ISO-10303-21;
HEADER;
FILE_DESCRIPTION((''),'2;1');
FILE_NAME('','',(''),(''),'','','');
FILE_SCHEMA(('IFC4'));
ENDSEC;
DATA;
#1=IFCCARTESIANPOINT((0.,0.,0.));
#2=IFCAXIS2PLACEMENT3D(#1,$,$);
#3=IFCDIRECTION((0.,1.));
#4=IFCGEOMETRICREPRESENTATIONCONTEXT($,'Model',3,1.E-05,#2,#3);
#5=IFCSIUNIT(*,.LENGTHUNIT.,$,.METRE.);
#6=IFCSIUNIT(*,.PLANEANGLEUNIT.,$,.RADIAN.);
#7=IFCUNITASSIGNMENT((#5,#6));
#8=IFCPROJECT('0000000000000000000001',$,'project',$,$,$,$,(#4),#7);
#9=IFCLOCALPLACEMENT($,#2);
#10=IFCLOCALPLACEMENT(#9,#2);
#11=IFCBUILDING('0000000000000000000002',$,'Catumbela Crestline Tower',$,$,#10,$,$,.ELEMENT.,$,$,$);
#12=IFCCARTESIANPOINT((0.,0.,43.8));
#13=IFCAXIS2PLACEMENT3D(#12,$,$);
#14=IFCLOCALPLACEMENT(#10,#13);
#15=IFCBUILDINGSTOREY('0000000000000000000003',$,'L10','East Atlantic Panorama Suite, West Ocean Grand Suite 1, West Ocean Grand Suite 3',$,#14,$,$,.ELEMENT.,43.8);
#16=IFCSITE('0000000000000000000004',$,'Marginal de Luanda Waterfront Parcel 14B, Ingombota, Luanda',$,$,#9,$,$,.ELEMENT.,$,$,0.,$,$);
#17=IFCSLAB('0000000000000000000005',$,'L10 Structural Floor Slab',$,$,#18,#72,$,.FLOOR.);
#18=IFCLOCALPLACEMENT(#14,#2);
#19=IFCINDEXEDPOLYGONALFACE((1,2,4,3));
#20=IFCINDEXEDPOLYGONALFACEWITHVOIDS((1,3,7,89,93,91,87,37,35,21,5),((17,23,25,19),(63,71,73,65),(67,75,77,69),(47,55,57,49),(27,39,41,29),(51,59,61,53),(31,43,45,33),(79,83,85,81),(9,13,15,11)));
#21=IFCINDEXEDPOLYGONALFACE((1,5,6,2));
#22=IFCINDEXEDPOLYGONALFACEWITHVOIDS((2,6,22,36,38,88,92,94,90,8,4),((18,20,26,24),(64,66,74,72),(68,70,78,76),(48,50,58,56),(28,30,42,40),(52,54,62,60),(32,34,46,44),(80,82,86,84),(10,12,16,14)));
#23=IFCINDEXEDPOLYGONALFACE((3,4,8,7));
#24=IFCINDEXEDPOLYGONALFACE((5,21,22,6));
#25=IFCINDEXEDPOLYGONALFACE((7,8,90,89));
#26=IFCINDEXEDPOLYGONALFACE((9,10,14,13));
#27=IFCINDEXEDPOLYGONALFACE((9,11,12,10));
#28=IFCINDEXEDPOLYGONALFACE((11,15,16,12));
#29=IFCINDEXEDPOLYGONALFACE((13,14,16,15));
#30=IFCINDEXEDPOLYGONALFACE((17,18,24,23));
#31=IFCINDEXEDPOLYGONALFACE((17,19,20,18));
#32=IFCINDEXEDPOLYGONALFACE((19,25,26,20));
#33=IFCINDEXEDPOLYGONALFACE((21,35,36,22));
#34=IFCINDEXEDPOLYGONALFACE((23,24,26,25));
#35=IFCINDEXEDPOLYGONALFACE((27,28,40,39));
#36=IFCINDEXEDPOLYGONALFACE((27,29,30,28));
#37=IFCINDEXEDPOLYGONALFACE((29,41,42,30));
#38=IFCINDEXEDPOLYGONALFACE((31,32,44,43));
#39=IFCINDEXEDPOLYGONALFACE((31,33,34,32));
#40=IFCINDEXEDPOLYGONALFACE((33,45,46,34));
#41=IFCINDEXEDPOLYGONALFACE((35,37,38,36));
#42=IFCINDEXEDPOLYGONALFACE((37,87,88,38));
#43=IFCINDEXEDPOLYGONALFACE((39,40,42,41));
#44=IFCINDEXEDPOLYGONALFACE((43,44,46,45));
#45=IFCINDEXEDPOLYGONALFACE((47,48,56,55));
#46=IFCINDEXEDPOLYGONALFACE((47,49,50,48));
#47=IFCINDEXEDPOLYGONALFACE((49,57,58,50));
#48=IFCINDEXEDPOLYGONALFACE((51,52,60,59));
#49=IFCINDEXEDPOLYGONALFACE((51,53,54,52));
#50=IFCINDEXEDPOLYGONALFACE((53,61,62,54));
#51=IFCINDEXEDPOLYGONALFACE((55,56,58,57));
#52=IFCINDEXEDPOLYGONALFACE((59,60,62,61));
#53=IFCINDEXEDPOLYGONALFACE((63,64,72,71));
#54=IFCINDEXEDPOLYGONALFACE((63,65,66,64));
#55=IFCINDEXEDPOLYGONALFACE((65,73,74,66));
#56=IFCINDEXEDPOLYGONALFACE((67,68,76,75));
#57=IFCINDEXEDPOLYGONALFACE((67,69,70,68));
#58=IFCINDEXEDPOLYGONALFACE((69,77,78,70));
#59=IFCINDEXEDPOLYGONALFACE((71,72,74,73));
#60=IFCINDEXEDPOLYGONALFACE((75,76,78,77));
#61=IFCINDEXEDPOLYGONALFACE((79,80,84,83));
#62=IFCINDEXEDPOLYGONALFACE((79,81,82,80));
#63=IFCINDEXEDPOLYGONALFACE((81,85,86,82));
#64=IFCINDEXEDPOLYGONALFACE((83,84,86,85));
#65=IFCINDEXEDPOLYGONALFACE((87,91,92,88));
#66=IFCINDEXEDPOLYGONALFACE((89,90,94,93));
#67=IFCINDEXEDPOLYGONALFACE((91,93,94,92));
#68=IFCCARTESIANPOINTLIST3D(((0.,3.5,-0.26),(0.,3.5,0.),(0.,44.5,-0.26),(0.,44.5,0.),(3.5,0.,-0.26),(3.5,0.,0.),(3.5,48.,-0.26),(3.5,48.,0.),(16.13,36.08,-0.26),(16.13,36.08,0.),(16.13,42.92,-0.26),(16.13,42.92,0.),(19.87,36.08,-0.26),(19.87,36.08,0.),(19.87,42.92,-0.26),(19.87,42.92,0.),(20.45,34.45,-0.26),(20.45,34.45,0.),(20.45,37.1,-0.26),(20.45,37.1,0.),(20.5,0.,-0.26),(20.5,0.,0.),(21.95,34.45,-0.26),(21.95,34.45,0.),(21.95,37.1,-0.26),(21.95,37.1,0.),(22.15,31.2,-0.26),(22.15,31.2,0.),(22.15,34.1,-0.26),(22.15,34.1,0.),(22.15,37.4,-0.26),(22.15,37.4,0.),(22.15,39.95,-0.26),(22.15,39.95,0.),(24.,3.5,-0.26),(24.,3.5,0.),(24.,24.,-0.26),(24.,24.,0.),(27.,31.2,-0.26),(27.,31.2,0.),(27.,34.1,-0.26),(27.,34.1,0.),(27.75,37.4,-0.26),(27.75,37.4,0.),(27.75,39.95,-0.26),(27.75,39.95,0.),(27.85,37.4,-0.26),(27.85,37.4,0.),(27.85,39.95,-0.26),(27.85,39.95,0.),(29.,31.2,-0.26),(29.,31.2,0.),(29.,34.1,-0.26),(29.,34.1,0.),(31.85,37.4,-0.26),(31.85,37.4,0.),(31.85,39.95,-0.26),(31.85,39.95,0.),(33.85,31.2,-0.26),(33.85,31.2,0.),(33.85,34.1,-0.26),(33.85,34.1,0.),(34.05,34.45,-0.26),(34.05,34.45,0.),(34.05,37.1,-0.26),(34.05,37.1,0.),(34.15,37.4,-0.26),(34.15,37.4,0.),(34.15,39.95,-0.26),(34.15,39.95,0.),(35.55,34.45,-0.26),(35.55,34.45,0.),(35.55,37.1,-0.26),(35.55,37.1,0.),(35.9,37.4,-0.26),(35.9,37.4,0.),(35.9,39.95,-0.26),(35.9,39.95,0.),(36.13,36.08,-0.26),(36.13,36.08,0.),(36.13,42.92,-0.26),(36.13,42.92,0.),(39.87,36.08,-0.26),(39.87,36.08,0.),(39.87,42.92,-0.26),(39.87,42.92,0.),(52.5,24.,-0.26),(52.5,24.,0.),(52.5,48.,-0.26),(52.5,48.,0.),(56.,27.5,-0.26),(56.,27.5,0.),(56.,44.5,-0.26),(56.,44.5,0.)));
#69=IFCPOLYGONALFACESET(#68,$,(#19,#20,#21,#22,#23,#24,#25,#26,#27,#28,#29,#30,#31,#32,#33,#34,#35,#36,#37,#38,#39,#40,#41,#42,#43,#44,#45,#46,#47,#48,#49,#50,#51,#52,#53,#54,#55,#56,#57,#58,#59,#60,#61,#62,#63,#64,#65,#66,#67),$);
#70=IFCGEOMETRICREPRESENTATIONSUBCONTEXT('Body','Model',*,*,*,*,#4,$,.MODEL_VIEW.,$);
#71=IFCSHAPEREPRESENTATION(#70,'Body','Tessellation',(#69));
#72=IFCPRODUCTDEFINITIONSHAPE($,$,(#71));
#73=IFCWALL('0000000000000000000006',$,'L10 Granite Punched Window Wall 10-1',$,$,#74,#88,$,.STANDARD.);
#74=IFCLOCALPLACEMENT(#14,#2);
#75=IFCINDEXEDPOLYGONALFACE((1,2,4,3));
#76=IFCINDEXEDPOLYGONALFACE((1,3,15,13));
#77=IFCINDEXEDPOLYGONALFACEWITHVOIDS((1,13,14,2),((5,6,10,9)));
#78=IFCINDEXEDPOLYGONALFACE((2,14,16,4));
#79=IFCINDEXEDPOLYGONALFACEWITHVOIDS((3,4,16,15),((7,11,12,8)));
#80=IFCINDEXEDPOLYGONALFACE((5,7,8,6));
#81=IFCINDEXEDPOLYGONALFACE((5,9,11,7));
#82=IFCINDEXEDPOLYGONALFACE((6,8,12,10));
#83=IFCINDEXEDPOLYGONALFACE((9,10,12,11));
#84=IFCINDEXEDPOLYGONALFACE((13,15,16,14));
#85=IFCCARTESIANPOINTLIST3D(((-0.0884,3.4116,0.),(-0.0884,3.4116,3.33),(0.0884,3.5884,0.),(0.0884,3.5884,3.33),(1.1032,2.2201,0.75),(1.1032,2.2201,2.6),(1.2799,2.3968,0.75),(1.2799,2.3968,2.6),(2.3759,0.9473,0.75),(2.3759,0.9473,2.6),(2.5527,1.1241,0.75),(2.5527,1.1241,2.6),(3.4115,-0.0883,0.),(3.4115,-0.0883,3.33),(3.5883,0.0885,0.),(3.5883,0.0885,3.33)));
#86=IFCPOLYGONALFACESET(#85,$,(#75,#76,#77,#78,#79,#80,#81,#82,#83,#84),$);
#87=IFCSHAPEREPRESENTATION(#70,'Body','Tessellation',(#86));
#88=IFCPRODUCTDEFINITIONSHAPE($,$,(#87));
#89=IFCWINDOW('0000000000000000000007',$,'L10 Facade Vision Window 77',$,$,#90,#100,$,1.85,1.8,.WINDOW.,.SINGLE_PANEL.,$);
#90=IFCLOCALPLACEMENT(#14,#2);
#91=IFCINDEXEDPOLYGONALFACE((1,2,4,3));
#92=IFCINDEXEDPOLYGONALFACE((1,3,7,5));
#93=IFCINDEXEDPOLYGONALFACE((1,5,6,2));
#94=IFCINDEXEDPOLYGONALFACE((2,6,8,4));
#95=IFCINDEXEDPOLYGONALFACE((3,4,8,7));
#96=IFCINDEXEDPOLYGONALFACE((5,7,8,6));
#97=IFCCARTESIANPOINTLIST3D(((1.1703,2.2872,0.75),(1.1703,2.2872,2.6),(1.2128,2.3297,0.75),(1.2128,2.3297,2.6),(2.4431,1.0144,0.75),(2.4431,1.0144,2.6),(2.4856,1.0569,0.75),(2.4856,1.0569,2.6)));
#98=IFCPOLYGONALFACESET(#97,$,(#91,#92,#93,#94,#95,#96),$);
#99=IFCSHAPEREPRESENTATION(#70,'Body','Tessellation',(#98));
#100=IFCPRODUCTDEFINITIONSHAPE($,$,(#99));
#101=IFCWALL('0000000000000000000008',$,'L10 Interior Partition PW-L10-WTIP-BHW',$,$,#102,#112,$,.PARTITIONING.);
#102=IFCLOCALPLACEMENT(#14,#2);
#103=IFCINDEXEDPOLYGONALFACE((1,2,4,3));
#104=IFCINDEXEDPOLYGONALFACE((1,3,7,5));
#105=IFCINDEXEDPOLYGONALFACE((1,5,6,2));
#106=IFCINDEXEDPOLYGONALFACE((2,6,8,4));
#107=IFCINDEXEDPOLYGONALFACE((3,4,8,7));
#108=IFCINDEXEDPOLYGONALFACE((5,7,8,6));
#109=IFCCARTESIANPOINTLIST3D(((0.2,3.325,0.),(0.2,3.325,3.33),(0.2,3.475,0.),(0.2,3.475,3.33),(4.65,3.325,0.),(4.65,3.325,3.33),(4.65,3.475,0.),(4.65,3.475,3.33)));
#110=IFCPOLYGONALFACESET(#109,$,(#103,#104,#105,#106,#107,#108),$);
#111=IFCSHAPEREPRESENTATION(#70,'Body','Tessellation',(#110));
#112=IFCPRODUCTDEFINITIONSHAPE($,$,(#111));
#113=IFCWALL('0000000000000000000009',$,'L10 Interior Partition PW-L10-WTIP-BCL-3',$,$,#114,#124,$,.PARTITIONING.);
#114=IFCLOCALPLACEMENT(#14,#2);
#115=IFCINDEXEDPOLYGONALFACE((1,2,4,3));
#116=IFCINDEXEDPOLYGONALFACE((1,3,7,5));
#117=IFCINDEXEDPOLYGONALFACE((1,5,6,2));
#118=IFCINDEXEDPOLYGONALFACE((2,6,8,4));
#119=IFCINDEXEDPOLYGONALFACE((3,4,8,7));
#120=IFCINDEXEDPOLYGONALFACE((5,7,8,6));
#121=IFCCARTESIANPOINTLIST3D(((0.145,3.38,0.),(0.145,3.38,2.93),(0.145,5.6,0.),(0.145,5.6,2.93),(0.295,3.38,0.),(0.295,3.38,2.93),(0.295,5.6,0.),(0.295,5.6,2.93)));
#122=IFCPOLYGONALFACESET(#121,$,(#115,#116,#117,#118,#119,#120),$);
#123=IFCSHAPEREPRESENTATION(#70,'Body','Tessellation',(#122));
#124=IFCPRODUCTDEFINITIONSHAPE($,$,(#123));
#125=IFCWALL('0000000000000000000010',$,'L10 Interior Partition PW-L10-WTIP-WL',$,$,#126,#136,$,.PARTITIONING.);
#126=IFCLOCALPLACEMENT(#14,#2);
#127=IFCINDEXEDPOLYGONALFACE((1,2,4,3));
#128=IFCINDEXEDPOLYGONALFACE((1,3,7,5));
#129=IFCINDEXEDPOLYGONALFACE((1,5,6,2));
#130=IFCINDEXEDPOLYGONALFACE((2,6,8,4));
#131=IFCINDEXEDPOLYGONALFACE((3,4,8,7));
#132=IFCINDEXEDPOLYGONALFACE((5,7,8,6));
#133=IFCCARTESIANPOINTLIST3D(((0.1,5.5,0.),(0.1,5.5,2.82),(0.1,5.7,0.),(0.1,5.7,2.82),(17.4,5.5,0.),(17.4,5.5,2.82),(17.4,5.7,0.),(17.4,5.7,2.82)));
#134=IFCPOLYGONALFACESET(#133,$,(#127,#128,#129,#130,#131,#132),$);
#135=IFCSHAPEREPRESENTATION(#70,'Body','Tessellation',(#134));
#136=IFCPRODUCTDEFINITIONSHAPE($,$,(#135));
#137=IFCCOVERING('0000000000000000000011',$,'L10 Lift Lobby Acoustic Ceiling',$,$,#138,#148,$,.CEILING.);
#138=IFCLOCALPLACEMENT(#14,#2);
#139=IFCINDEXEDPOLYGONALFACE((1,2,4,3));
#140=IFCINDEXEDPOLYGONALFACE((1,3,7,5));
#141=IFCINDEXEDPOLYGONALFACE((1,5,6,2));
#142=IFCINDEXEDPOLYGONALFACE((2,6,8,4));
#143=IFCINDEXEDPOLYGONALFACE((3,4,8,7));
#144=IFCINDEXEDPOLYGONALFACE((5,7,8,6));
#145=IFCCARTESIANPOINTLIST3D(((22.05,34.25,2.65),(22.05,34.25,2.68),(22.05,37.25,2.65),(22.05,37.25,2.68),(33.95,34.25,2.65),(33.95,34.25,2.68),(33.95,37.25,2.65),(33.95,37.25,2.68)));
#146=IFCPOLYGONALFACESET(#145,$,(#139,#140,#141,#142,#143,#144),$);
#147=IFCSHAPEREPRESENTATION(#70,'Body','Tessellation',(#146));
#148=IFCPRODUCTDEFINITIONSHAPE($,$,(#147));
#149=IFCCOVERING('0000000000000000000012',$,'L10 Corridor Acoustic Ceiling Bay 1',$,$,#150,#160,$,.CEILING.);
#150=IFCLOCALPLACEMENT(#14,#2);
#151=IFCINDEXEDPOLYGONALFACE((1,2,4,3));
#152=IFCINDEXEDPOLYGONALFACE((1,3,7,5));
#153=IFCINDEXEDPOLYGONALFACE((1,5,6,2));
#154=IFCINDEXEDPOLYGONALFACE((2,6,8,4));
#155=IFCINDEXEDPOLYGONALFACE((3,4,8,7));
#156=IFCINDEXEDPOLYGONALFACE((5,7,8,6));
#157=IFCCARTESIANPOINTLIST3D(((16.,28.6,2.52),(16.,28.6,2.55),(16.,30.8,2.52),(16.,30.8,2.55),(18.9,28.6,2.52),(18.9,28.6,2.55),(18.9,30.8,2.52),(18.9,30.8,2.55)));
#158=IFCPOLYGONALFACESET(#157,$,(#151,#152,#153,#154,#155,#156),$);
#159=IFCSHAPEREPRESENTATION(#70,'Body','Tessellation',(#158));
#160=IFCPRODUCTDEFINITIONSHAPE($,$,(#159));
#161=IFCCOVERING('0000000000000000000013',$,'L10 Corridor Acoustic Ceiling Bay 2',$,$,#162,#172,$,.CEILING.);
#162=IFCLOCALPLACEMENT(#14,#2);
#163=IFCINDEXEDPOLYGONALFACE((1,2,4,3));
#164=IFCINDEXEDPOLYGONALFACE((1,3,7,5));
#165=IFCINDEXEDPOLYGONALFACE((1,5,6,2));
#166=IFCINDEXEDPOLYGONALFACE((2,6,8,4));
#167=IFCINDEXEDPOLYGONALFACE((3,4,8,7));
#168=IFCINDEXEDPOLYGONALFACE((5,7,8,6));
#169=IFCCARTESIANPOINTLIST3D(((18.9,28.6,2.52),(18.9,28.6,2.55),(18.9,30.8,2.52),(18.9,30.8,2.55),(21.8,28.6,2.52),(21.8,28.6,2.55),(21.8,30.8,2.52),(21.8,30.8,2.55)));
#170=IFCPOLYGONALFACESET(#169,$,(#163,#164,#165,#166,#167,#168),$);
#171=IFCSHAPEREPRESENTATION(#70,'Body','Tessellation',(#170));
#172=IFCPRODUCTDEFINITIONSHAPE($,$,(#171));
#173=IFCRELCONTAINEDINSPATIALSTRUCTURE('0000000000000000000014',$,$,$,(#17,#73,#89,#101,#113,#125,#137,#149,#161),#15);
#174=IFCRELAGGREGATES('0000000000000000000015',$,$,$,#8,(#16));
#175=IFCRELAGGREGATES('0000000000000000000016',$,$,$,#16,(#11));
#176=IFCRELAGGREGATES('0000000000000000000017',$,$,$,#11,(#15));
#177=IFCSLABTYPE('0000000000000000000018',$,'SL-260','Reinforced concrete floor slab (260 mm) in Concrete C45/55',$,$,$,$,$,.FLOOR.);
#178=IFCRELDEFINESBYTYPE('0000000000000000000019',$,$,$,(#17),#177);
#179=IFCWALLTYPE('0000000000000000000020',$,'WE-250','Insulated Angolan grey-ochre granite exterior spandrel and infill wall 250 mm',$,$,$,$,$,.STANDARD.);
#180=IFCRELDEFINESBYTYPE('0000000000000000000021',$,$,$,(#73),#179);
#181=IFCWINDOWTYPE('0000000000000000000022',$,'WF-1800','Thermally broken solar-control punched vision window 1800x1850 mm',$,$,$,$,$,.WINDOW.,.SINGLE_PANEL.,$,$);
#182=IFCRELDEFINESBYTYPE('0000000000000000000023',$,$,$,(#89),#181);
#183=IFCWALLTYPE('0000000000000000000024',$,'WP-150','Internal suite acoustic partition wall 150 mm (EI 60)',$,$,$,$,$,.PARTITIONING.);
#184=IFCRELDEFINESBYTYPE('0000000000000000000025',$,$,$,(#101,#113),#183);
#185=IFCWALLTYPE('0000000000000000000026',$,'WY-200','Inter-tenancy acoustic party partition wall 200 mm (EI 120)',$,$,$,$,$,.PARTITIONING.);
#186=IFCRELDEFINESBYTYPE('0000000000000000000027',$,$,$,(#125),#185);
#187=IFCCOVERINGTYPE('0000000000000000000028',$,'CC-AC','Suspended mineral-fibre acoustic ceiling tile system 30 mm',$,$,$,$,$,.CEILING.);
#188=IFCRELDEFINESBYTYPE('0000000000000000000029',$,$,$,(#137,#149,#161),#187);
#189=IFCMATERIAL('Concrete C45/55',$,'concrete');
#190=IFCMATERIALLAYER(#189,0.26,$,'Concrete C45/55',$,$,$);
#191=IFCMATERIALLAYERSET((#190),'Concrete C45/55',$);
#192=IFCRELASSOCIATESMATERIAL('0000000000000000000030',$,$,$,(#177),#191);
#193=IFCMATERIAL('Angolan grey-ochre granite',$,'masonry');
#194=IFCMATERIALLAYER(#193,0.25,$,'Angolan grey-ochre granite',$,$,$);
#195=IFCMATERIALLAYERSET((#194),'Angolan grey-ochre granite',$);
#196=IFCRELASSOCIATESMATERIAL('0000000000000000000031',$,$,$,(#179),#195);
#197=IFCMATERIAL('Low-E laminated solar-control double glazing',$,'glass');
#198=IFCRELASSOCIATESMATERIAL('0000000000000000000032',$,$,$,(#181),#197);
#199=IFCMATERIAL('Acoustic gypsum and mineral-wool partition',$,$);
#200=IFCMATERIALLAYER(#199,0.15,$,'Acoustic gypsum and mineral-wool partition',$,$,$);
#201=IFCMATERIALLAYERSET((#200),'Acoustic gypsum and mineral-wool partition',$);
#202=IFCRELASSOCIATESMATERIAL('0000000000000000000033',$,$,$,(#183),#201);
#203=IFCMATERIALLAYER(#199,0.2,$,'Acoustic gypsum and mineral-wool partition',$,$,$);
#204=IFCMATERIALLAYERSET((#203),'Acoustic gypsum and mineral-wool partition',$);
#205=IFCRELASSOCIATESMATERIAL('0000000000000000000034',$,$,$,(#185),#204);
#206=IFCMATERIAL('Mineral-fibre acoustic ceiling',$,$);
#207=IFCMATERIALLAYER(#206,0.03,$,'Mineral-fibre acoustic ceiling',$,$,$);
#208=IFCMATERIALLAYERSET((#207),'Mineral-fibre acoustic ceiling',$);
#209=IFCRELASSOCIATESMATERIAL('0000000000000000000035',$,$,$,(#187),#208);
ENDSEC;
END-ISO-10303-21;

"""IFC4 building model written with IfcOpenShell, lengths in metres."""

from ifc_helpers import new_model, si_unit, direction, frame, frame_2d, origin, place, context, subcontext, project, spatial, polyline, rectangle, outline, extrude, material, layer, layer_set, type_object, element, fill, save


model = new_model("IFC4")

# Units and contexts
model_context = context("Model", 3, precision=1e-05, world=origin(), true_north=direction((0.0, 1.0)))
body_context = subcontext(model_context, "Body", "Model", "MODEL_VIEW")
ifc_project = project(units=[si_unit("LENGTHUNIT", "METRE"), si_unit("PLANEANGLEUNIT", "RADIAN")], contexts=[model_context])

# Site, building, storey
site_placement = place(None, origin())
site = spatial("IfcSite", under=ifc_project, at=site_placement, Name="Marginal de Luanda Waterfront Parcel 14B, Ingombota, Luanda", CompositionType="ELEMENT", RefElevation=0.0)
building_placement = place(site_placement, origin())
building = spatial("IfcBuilding", under=site, at=building_placement, Name="Catumbela Crestline Tower", CompositionType="ELEMENT")
storey_placement = place(building_placement, frame((0.0, 0.0, 43.8)))
storey = spatial("IfcBuildingStorey", under=building, at=storey_placement, Name="L10", Description="East Atlantic Panorama Suite, West Ocean Grand Suite 1, West Ocean Grand Suite 3", CompositionType="ELEMENT", Elevation=43.8)

# Shared definitions
ifc_material_1 = material(Name="Low-E laminated solar-control double glazing", Category="glass")

# Shared definitions
ifc_material_2 = material(Name="Concrete C45/55", Category="concrete")

# Slab
ifc_layer_1 = layer(ifc_material_2, 0.26, Name="Concrete C45/55")
ifc_layer_set_1 = layer_set([ifc_layer_1], Name="Concrete C45/55")
slab_type_1 = type_object("IfcSlabType", Name="SL-260", Description="Reinforced concrete floor slab (260 mm) in Concrete C45/55", PredefinedType="FLOOR", material=ifc_layer_set_1)
slab_1_placement = place(storey_placement, frame((0.0, 0.0, -0.26)))
element("IfcSlab", 1, at=slab_1_placement, inside=storey, type_object=slab_type_1, Name="L10 Structural Floor Slab", PredefinedType="FLOOR", context=body_context, shape_type="SweptSolid", body=[
    extrude(outline(polyline([(3.5, 0.0), (20.5, 0.0), (24.0, 3.5), (24.0, 24.0), (52.5, 24.0), (56.0, 27.5), (56.0, 44.5), (52.5, 48.0), (3.5, 48.0), (0.0, 44.5), (0.0, 3.5), (3.5, 0.0)]), holes=[polyline([(16.13, 36.08), (19.87, 36.08), (19.87, 42.92), (16.13, 42.92), (16.13, 36.08)]), polyline([(36.13, 36.08), (39.87, 36.08), (39.87, 42.92), (36.13, 42.92), (36.13, 36.08)]), polyline([(22.15, 31.2), (27.0, 31.2), (27.0, 34.1), (22.15, 34.1), (22.15, 31.2)]), polyline([(29.0, 31.2), (33.85, 31.2), (33.85, 34.1), (29.0, 34.1), (29.0, 31.2)]), polyline([(22.15, 37.4), (27.75, 37.4), (27.75, 39.95), (22.15, 39.95), (22.15, 37.4)]), polyline([(27.85, 37.4), (31.85, 37.4), (31.85, 39.95), (27.85, 39.95), (27.85, 37.4)]), polyline([(20.45, 34.45), (21.95, 34.45), (21.95, 37.1), (20.45, 37.1), (20.45, 34.45)]), polyline([(34.05, 34.45), (35.55, 34.45), (35.55, 37.1), (34.05, 37.1), (34.05, 34.45)]), polyline([(34.15, 37.4), (35.9, 37.4), (35.9, 39.95), (34.15, 39.95), (34.15, 37.4)])]), origin(), (0.0, 0.0, 1.0), 0.26),
])

# Wall, opening, window
ifc_material_3 = material(Name="Angolan grey-ochre granite", Category="masonry")
ifc_layer_2 = layer(ifc_material_3, 0.25, Name="Angolan grey-ochre granite")
ifc_layer_set_2 = layer_set([ifc_layer_2], Name="Angolan grey-ochre granite")
wall_type_1 = type_object("IfcWallType", Name="WE-250", Description="Insulated Angolan grey-ochre granite exterior spandrel and infill wall 250 mm", PredefinedType="STANDARD", material=ifc_layer_set_2)
wall_1_placement = place(storey_placement, frame((0.0, 3.5, 0.0), z_axis=(0.0, 0.0, 1.0), x_axis=(0.707107, -0.707107, 0.0)))
wall_1 = element("IfcWall", 2, at=wall_1_placement, inside=storey, type_object=wall_type_1, Name="L10 Granite Punched Window Wall 10-1", PredefinedType="STANDARD", context=body_context, shape_type="SweptSolid", body=[
    extrude(rectangle(XDim=4.9497, YDim=0.25, at=frame_2d((2.4748, 0.0))), origin(), (0.0, 0.0, 1.0), 3.33),
])
opening_placement = place(wall_1_placement, frame((1.6851, 0.0, 0.75)))
opening = element("IfcOpeningElement", 3, at=opening_placement, cuts=wall_1, PredefinedType="OPENING", context=body_context, shape_type="SweptSolid", body=[
    extrude(rectangle(XDim=1.8, YDim=1.85, at=frame_2d((0.9, 0.925))), frame((0.0, 0.135, 0.0), z_axis=(0.0, -1.0, 0.0), x_axis=(1.0, 0.0, 0.0)), (0.0, 0.0, 1.0), 0.27),
])
window_type = type_object("IfcWindowType", Name="WF-1800", Description="Thermally broken solar-control punched vision window 1800x1850 mm", PartitioningType="SINGLE_PANEL", PredefinedType="WINDOW", material=ifc_material_1)
window_placement = place(opening_placement, origin())
window = element("IfcWindow", 4, at=window_placement, inside=storey, type_object=window_type, Name="L10 Facade Vision Window 77", OverallHeight=1.85, OverallWidth=1.8, PartitioningType="SINGLE_PANEL", PredefinedType="WINDOW", context=body_context, shape_type="SweptSolid", body=[
    extrude(rectangle(XDim=1.8, YDim=1.85, at=frame_2d((0.9, 0.925))), frame((0.0, 0.03, 0.0), z_axis=(0.0, -1.0, 0.0), x_axis=(1.0, 0.0, 0.0)), (0.0, 0.0, 1.0), 0.06),
])
fill(opening, window)

# Walls
ifc_material_4 = material(Name="Acoustic gypsum and mineral-wool partition")
ifc_layer_3 = layer(ifc_material_4, 0.15, Name="Acoustic gypsum and mineral-wool partition")
ifc_layer_set_3 = layer_set([ifc_layer_3], Name="Acoustic gypsum and mineral-wool partition")
wall_type_2 = type_object("IfcWallType", Name="WP-150", Description="Internal suite acoustic partition wall 150 mm (EI 60)", PredefinedType="PARTITIONING", material=ifc_layer_set_3)
wall_2_placement = place(storey_placement, frame((0.2, 3.4, 0.0), z_axis=(0.0, 0.0, 1.0), x_axis=(1.0, 0.0, 0.0)))
element("IfcWall", 5, at=wall_2_placement, inside=storey, type_object=wall_type_2, Name="L10 Interior Partition PW-L10-WTIP-BHW", PredefinedType="PARTITIONING", context=body_context, shape_type="SweptSolid", body=[
    extrude(rectangle(XDim=4.45, YDim=0.15, at=frame_2d((2.225, 0.0))), origin(), (0.0, 0.0, 1.0), 3.33),
])
wall_3_placement = place(storey_placement, frame((0.22, 3.38, 0.0), z_axis=(0.0, 0.0, 1.0), x_axis=(0.0, 1.0, 0.0)))
element("IfcWall", 6, at=wall_3_placement, inside=storey, type_object=wall_type_2, Name="L10 Interior Partition PW-L10-WTIP-BCL-3", PredefinedType="PARTITIONING", context=body_context, shape_type="SweptSolid", body=[
    extrude(rectangle(XDim=2.22, YDim=0.15, at=frame_2d((1.11, 0.0))), origin(), (0.0, 0.0, 1.0), 2.93),
])
ifc_layer_4 = layer(ifc_material_4, 0.2, Name="Acoustic gypsum and mineral-wool partition")
ifc_layer_set_4 = layer_set([ifc_layer_4], Name="Acoustic gypsum and mineral-wool partition")
wall_type_3 = type_object("IfcWallType", Name="WY-200", Description="Inter-tenancy acoustic party partition wall 200 mm (EI 120)", PredefinedType="PARTITIONING", material=ifc_layer_set_4)
wall_4_placement = place(storey_placement, frame((0.1, 5.6, 0.0), z_axis=(0.0, 0.0, 1.0), x_axis=(1.0, 0.0, 0.0)))
element("IfcWall", 7, at=wall_4_placement, inside=storey, type_object=wall_type_3, Name="L10 Interior Partition PW-L10-WTIP-WL", PredefinedType="PARTITIONING", context=body_context, shape_type="SweptSolid", body=[
    extrude(rectangle(XDim=17.3, YDim=0.2, at=frame_2d((8.65, 0.0))), origin(), (0.0, 0.0, 1.0), 2.82),
])

# Coverings
ifc_material_5 = material(Name="Mineral-fibre acoustic ceiling")
ifc_layer_5 = layer(ifc_material_5, 0.03, Name="Mineral-fibre acoustic ceiling")
ifc_layer_set_5 = layer_set([ifc_layer_5], Name="Mineral-fibre acoustic ceiling")
covering_type_1 = type_object("IfcCoveringType", Name="CC-AC", Description="Suspended mineral-fibre acoustic ceiling tile system 30 mm", PredefinedType="CEILING", material=ifc_layer_set_5)
covering_1_placement = place(storey_placement, frame((0.0, 0.0, 2.65)))
element("IfcCovering", 8, at=covering_1_placement, inside=storey, type_object=covering_type_1, Name="L10 Lift Lobby Acoustic Ceiling", PredefinedType="CEILING", context=body_context, shape_type="SweptSolid", body=[
    extrude(outline(polyline([(22.05, 34.25), (33.95, 34.25), (33.95, 37.25), (22.05, 37.25), (22.05, 34.25)])), origin(), (0.0, 0.0, 1.0), 0.03),
])
covering_2_placement = place(storey_placement, frame((0.0, 0.0, 2.52)))
element("IfcCovering", 9, at=covering_2_placement, inside=storey, type_object=covering_type_1, Name="L10 Corridor Acoustic Ceiling Bay 1", PredefinedType="CEILING", context=body_context, shape_type="SweptSolid", body=[
    extrude(outline(polyline([(16.0, 28.6), (18.9, 28.6), (18.9, 30.8), (16.0, 30.8), (16.0, 28.6)])), origin(), (0.0, 0.0, 1.0), 0.03),
])
covering_3_placement = place(storey_placement, frame((0.0, 0.0, 2.52)))
element("IfcCovering", 10, at=covering_3_placement, inside=storey, type_object=covering_type_1, Name="L10 Corridor Acoustic Ceiling Bay 2", PredefinedType="CEILING", context=body_context, shape_type="SweptSolid", body=[
    extrude(outline(polyline([(18.9, 28.6), (21.8, 28.6), (21.8, 30.8), (18.9, 30.8), (18.9, 28.6)])), origin(), (0.0, 0.0, 1.0), 0.03),
])

save(model, "model.ifc")
